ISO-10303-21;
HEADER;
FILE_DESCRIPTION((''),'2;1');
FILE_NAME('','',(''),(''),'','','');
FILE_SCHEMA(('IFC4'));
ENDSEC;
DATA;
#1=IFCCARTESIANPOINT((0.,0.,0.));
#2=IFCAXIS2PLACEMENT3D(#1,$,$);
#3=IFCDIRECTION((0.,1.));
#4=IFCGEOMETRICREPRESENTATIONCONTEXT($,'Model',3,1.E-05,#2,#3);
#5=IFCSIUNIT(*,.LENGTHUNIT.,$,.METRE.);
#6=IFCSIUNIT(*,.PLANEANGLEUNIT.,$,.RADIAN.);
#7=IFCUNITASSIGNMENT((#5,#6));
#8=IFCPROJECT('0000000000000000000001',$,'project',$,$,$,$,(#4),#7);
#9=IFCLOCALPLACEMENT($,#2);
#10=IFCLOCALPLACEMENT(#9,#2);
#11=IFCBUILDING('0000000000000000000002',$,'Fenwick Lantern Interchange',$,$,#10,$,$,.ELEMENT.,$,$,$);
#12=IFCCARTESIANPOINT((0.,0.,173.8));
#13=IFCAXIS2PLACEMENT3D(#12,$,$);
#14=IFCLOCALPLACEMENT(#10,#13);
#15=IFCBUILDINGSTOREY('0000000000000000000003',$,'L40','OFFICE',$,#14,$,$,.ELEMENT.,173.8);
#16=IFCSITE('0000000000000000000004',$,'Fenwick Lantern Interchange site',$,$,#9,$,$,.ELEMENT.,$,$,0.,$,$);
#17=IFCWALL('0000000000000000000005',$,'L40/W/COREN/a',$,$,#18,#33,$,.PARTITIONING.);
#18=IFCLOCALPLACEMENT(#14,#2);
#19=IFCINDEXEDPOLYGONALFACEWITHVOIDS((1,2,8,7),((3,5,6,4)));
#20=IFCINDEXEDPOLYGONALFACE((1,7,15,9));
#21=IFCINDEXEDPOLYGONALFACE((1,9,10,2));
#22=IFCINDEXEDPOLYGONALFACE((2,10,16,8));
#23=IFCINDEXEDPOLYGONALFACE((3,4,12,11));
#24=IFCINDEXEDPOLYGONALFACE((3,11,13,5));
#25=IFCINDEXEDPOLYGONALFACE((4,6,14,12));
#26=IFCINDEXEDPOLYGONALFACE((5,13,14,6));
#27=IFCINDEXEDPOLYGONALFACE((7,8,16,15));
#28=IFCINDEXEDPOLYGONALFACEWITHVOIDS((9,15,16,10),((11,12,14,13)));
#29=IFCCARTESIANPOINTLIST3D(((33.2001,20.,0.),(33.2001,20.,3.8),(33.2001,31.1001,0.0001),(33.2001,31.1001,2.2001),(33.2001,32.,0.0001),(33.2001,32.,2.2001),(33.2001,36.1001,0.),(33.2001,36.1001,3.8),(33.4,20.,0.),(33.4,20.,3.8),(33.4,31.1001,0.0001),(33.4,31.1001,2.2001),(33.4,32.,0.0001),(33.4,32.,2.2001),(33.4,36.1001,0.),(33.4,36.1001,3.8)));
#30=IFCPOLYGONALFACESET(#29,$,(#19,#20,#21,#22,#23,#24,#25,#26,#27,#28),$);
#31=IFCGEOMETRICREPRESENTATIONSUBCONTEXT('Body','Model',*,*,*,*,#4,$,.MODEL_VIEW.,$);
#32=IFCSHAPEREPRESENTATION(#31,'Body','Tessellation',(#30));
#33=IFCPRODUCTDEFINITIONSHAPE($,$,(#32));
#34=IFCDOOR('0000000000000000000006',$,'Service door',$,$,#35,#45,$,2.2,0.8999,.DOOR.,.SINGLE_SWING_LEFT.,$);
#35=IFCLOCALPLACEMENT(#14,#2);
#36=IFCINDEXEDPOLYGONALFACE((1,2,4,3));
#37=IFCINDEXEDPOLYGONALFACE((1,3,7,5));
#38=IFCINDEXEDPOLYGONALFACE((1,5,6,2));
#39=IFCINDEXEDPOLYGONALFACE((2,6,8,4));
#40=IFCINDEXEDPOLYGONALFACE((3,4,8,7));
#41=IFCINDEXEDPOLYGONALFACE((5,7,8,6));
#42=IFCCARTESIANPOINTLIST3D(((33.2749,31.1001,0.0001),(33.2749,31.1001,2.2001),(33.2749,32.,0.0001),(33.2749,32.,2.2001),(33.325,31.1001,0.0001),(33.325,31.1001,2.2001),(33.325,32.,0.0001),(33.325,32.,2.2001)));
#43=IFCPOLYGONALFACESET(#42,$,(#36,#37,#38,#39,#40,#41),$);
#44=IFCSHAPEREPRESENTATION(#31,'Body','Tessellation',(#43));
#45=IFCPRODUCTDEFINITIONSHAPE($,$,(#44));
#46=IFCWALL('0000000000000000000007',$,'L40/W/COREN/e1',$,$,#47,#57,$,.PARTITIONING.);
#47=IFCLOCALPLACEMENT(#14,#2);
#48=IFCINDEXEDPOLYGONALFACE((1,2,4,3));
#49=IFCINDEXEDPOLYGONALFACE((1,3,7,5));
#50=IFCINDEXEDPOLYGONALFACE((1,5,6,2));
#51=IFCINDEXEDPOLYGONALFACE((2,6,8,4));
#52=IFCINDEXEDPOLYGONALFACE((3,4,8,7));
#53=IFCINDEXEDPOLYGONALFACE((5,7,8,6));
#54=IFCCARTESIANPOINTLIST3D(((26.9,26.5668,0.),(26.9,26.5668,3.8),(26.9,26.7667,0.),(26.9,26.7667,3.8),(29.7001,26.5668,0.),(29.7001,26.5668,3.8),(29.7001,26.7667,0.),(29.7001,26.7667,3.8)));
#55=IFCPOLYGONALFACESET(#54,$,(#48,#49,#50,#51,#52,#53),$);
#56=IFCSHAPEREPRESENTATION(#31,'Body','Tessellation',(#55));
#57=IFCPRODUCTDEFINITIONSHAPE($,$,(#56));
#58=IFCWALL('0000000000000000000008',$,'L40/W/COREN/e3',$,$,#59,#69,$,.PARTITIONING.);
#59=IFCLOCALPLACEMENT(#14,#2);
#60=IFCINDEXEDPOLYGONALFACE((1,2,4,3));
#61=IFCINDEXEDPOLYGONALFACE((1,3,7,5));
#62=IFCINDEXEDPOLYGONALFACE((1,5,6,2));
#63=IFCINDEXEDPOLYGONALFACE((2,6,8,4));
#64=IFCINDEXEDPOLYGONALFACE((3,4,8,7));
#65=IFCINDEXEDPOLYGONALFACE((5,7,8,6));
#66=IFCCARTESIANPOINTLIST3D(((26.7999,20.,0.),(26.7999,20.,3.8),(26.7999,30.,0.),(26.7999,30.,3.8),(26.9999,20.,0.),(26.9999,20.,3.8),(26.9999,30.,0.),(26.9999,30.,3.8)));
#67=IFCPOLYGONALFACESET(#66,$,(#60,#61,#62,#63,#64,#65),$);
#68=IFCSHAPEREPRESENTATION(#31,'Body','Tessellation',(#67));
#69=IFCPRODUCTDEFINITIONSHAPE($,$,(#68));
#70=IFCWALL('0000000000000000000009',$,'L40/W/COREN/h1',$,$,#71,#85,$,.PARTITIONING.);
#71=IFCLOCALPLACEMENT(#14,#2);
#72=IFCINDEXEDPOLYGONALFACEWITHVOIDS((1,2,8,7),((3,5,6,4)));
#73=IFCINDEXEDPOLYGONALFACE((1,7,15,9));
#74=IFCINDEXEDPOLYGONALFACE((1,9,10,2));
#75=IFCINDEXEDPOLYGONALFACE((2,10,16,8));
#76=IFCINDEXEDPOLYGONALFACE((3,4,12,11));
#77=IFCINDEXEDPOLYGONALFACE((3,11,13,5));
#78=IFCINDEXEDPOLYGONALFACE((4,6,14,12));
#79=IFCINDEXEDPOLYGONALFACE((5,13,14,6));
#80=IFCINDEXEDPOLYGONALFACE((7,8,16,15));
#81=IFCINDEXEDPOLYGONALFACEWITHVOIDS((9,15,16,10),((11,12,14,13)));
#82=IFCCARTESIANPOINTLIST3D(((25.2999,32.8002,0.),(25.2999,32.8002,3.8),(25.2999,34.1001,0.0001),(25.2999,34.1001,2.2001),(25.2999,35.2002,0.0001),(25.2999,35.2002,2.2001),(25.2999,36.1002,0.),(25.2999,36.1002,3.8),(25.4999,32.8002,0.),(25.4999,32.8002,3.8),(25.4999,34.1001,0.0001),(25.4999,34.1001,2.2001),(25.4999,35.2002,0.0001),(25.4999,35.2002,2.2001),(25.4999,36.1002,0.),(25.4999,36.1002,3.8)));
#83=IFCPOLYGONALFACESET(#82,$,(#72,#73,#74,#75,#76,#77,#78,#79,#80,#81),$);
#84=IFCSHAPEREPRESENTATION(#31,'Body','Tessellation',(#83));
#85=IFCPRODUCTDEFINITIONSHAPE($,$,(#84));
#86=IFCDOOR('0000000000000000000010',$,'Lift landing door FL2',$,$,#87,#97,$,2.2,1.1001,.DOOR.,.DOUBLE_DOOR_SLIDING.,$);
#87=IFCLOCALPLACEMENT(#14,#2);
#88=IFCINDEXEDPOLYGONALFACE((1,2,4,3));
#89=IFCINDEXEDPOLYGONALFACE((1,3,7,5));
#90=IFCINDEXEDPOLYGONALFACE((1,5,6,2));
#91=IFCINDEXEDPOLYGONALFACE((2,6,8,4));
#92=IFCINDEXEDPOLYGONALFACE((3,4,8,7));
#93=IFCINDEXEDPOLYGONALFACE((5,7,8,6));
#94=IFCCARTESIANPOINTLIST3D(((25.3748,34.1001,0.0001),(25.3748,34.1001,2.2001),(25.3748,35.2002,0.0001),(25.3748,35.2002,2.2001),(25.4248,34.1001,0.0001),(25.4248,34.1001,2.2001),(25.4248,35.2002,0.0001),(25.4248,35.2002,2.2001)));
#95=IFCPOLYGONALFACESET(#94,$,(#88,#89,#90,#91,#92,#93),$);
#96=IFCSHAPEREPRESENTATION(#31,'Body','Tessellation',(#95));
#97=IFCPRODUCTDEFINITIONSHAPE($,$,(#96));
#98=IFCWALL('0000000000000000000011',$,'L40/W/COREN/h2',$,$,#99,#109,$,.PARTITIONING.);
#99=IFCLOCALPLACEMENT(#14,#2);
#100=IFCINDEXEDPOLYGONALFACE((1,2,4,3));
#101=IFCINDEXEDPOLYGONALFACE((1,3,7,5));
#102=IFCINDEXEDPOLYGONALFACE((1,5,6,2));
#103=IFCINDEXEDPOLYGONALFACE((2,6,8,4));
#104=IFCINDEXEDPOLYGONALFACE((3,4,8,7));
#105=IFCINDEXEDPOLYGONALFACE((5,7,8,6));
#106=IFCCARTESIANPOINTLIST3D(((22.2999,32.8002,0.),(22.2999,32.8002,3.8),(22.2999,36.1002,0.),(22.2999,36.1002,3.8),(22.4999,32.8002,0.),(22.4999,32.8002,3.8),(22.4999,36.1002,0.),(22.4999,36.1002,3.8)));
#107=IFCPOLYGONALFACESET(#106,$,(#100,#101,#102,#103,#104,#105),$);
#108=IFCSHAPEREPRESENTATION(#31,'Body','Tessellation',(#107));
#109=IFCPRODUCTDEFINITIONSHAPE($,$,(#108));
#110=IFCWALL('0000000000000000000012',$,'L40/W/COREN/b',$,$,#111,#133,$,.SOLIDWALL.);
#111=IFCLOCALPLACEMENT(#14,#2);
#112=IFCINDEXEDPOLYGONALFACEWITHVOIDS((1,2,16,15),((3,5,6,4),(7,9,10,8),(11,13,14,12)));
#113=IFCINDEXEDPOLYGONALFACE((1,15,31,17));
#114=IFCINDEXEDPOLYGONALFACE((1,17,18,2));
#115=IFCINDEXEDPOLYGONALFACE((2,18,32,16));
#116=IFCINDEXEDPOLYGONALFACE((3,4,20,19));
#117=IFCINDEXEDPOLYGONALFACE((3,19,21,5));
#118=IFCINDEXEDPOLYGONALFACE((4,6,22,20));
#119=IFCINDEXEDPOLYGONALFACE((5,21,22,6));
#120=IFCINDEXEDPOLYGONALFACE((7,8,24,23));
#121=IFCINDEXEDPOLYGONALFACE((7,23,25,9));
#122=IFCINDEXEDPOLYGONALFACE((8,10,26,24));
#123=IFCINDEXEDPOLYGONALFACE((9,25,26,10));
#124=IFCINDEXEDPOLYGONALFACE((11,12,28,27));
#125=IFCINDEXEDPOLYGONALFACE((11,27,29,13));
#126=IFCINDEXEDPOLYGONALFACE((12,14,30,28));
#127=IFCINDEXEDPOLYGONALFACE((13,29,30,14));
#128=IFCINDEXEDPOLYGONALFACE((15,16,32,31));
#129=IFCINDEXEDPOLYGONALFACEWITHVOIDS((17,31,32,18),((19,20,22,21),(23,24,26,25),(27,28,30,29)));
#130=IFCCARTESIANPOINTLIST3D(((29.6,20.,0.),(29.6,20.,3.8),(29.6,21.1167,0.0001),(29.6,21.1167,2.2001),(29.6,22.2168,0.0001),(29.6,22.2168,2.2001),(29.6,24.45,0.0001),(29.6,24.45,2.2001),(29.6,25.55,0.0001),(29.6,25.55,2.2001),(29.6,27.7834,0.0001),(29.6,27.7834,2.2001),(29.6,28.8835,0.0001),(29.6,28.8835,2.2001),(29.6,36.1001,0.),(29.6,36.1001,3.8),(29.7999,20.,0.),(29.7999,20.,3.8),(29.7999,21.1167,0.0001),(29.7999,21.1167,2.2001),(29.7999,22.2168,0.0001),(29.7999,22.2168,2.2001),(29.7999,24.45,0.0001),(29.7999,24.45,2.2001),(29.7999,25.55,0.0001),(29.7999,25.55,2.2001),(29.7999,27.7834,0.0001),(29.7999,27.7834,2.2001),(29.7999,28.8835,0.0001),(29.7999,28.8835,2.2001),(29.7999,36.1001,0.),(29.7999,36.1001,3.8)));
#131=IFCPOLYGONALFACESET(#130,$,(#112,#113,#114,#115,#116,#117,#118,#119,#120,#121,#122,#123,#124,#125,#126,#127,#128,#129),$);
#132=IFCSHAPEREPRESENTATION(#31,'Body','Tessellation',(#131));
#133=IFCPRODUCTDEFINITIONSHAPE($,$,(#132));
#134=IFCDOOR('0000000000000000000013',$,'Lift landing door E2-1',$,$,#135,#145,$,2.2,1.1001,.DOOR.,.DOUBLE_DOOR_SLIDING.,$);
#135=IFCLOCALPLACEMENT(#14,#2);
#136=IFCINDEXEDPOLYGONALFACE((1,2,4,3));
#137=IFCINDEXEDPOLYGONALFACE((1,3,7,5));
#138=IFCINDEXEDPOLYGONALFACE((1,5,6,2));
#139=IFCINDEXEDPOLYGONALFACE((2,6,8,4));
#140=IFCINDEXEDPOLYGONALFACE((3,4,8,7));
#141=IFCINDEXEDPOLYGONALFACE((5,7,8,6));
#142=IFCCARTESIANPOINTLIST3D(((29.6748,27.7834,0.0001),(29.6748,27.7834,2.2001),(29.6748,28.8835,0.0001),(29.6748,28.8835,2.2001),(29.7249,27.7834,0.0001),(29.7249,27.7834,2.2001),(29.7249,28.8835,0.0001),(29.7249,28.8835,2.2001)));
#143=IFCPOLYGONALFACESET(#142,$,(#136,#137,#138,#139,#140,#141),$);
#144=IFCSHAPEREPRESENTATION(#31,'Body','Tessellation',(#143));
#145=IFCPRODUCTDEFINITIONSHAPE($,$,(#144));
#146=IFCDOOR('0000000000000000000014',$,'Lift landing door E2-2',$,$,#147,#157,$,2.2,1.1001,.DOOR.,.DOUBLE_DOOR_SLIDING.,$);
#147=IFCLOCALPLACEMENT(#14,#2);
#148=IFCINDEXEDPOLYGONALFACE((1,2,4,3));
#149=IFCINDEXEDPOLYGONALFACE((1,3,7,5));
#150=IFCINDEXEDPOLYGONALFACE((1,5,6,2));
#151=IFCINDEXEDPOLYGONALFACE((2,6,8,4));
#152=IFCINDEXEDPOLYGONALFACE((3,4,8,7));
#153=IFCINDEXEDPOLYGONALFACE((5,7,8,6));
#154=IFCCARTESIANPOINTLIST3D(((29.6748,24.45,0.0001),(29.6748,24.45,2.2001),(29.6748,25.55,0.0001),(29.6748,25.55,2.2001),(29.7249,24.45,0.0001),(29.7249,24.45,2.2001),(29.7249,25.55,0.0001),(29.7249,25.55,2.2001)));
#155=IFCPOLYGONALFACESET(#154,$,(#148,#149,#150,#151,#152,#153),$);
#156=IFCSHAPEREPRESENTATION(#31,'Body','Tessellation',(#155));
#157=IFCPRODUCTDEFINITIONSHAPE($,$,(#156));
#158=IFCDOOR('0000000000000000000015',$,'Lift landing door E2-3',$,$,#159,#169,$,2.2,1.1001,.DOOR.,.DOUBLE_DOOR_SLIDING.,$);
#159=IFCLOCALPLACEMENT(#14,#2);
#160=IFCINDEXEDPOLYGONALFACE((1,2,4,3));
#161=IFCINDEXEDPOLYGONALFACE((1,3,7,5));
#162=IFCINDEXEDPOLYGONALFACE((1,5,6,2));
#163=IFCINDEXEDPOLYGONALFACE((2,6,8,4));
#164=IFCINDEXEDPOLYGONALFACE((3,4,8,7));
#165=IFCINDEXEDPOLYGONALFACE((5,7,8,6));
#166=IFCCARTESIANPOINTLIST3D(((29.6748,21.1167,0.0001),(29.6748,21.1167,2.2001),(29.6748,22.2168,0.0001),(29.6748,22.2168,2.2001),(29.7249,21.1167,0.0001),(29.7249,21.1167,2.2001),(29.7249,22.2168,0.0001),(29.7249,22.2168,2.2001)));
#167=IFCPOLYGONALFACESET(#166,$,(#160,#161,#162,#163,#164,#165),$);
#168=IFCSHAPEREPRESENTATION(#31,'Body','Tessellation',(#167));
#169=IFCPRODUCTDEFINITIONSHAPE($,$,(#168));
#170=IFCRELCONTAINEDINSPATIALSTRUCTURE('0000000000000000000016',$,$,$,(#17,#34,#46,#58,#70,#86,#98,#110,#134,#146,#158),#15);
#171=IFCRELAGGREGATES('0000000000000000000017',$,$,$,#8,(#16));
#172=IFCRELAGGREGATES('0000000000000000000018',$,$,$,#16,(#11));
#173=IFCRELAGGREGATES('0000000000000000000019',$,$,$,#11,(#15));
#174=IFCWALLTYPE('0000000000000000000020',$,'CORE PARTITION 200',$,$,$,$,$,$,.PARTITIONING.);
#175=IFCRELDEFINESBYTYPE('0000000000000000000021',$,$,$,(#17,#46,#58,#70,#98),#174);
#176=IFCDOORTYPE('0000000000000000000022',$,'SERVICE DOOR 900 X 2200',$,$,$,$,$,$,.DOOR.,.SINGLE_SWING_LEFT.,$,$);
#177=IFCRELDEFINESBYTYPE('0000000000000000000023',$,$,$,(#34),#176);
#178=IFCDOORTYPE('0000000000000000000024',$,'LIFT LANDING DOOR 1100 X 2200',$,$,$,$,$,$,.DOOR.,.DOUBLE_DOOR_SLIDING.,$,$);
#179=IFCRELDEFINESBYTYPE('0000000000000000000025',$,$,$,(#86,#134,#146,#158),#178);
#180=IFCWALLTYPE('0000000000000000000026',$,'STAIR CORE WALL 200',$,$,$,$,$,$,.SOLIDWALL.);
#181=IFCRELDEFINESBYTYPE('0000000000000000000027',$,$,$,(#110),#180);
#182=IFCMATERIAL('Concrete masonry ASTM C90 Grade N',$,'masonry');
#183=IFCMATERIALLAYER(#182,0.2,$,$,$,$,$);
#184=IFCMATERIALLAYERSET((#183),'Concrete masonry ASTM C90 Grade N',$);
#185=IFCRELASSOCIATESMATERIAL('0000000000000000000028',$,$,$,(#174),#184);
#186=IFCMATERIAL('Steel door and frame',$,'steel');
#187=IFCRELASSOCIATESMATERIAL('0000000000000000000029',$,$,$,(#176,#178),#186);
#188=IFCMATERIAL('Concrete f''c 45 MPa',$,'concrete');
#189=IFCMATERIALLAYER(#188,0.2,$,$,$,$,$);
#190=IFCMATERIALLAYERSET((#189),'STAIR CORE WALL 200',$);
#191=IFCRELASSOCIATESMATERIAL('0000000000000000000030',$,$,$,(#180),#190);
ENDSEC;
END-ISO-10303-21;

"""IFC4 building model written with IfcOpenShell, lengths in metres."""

from ifc_helpers import new_model, si_unit, direction, frame, frame_2d, origin, place, context, subcontext, project, spatial, rectangle, extrude, material, layer, layer_set, type_object, element, fill, save


model = new_model("IFC4")

# Units and contexts
model_context = context("Model", 3, precision=1e-05, world=origin(), true_north=direction((0.0, 1.0)))
body_context = subcontext(model_context, "Body", "Model", "MODEL_VIEW")
ifc_project = project(units=[si_unit("LENGTHUNIT", "METRE"), si_unit("PLANEANGLEUNIT", "RADIAN")], contexts=[model_context])

# Site, building, storey
site_placement = place(None, origin())
site = spatial("IfcSite", under=ifc_project, at=site_placement, Name="Fenwick Lantern Interchange site", CompositionType="ELEMENT", RefElevation=0.0)
building_placement = place(site_placement, origin())
building = spatial("IfcBuilding", under=site, at=building_placement, Name="Fenwick Lantern Interchange", CompositionType="ELEMENT")
storey_placement = place(building_placement, frame((0.0, 0.0, 173.8)))
storey = spatial("IfcBuildingStorey", under=building, at=storey_placement, Name="L40", Description="OFFICE", CompositionType="ELEMENT", Elevation=173.8)

# Wall, opening, door
ifc_material_1 = material(Name="Concrete masonry ASTM C90 Grade N", Category="masonry")
ifc_layer_1 = layer(ifc_material_1, 0.2)
ifc_layer_set_1 = layer_set([ifc_layer_1], Name="Concrete masonry ASTM C90 Grade N")
wall_type_1 = type_object("IfcWallType", Name="CORE PARTITION 200", PredefinedType="PARTITIONING", material=ifc_layer_set_1)
wall_1_placement = place(storey_placement, frame((33.3, 36.1001, 0.0), z_axis=(0.0, 0.0, 1.0), x_axis=(0.0, -1.0, 0.0)))
wall_1 = element("IfcWall", 1, at=wall_1_placement, inside=storey, type_object=wall_type_1, Name="L40/W/COREN/a", PredefinedType="PARTITIONING", context=body_context, shape_type="SweptSolid", body=[
    extrude(rectangle(XDim=16.1001, YDim=0.2, at=frame_2d((8.05, 0.0))), origin(), (0.0, 0.0, 1.0), 3.8),
])
opening_1_placement = place(wall_1_placement, frame((4.1001, 0.0, 0.0)))
opening_1 = element("IfcOpeningElement", 2, at=opening_1_placement, cuts=wall_1, PredefinedType="OPENING", context=body_context, shape_type="SweptSolid", body=[
    extrude(rectangle(XDim=0.8999, YDim=2.2, at=frame_2d((0.45, 1.1001))), frame((0.0, 0.1099, 0.0), z_axis=(0.0, -1.0, 0.0), x_axis=(1.0, 0.0, 0.0)), (0.0, 0.0, 1.0), 0.22),
])
ifc_material_2 = material(Name="Steel door and frame", Category="steel")
door_type_1 = type_object("IfcDoorType", Name="SERVICE DOOR 900 X 2200", OperationType="SINGLE_SWING_LEFT", PredefinedType="DOOR", material=ifc_material_2)
door_1_placement = place(opening_1_placement, origin())
door_1 = element("IfcDoor", 3, at=door_1_placement, inside=storey, type_object=door_type_1, Name="Service door", OperationType="SINGLE_SWING_LEFT", OverallHeight=2.2, OverallWidth=0.8999, PredefinedType="DOOR", context=body_context, shape_type="SweptSolid", body=[
    extrude(rectangle(XDim=0.8999, YDim=2.2, at=frame_2d((0.45, 1.1001))), frame((0.0, 0.0249, 0.0), z_axis=(0.0, -1.0, 0.0), x_axis=(1.0, 0.0, 0.0)), (0.0, 0.0, 1.0), 0.05),
])
fill(opening_1, door_1)

# Walls
wall_2_placement = place(storey_placement, frame((29.7, 26.6667, 0.0), z_axis=(0.0, 0.0, 1.0), x_axis=(-1.0, 0.0, 0.0)))
element("IfcWall", 4, at=wall_2_placement, inside=storey, type_object=wall_type_1, Name="L40/W/COREN/e1", PredefinedType="PARTITIONING", context=body_context, shape_type="SweptSolid", body=[
    extrude(rectangle(XDim=2.8, YDim=0.2, at=frame_2d((1.3999, 0.0))), origin(), (0.0, 0.0, 1.0), 3.8),
])
wall_3_placement = place(storey_placement, frame((26.8999, 30.0, 0.0), z_axis=(0.0, 0.0, 1.0), x_axis=(0.0, -1.0, 0.0)))
element("IfcWall", 5, at=wall_3_placement, inside=storey, type_object=wall_type_1, Name="L40/W/COREN/e3", PredefinedType="PARTITIONING", context=body_context, shape_type="SweptSolid", body=[
    extrude(rectangle(XDim=10.0, YDim=0.2, at=frame_2d((5.0, 0.0))), origin(), (0.0, 0.0, 1.0), 3.8),
])

# Wall, opening, door
wall_4_placement = place(storey_placement, frame((25.3999, 36.1001, 0.0), z_axis=(0.0, 0.0, 1.0), x_axis=(0.0, -1.0, 0.0)))
wall_4 = element("IfcWall", 6, at=wall_4_placement, inside=storey, type_object=wall_type_1, Name="L40/W/COREN/h1", PredefinedType="PARTITIONING", context=body_context, shape_type="SweptSolid", body=[
    extrude(rectangle(XDim=3.3, YDim=0.2, at=frame_2d((1.6499, 0.0))), origin(), (0.0, 0.0, 1.0), 3.8),
])
opening_2_placement = place(wall_4_placement, frame((0.8999, 0.0, 0.0)))
opening_2 = element("IfcOpeningElement", 7, at=opening_2_placement, cuts=wall_4, PredefinedType="OPENING", context=body_context, shape_type="SweptSolid", body=[
    extrude(rectangle(XDim=1.1001, YDim=2.2, at=frame_2d((0.55, 1.1001))), frame((0.0, 0.1099, 0.0), z_axis=(0.0, -1.0, 0.0), x_axis=(1.0, 0.0, 0.0)), (0.0, 0.0, 1.0), 0.22),
])
door_type_2 = type_object("IfcDoorType", Name="LIFT LANDING DOOR 1100 X 2200", OperationType="DOUBLE_DOOR_SLIDING", PredefinedType="DOOR", material=ifc_material_2)
door_2_placement = place(opening_2_placement, origin())
door_2 = element("IfcDoor", 8, at=door_2_placement, inside=storey, type_object=door_type_2, Name="Lift landing door FL2", OperationType="DOUBLE_DOOR_SLIDING", OverallHeight=2.2, OverallWidth=1.1001, PredefinedType="DOOR", context=body_context, shape_type="SweptSolid", body=[
    extrude(rectangle(XDim=1.1001, YDim=2.2, at=frame_2d((0.55, 1.1001))), frame((0.0, 0.0249, 0.0), z_axis=(0.0, -1.0, 0.0), x_axis=(1.0, 0.0, 0.0)), (0.0, 0.0, 1.0), 0.05),
])
fill(opening_2, door_2)

# Wall
wall_5_placement = place(storey_placement, frame((22.3999, 36.1001, 0.0), z_axis=(0.0, 0.0, 1.0), x_axis=(0.0, -1.0, 0.0)))
element("IfcWall", 9, at=wall_5_placement, inside=storey, type_object=wall_type_1, Name="L40/W/COREN/h2", PredefinedType="PARTITIONING", context=body_context, shape_type="SweptSolid", body=[
    extrude(rectangle(XDim=3.3, YDim=0.2, at=frame_2d((1.6499, 0.0))), origin(), (0.0, 0.0, 1.0), 3.8),
])

# Wall, openings, doors
ifc_material_3 = material(Name="Concrete f'c 45 MPa", Category="concrete")
ifc_layer_2 = layer(ifc_material_3, 0.2)
ifc_layer_set_2 = layer_set([ifc_layer_2], Name="STAIR CORE WALL 200")
wall_type_2 = type_object("IfcWallType", Name="STAIR CORE WALL 200", PredefinedType="SOLIDWALL", material=ifc_layer_set_2)
wall_6_placement = place(storey_placement, frame((29.7, 36.1001, 0.0), z_axis=(0.0, 0.0, 1.0), x_axis=(0.0, -1.0, 0.0)))
wall_6 = element("IfcWall", 10, at=wall_6_placement, inside=storey, type_object=wall_type_2, Name="L40/W/COREN/b", PredefinedType="SOLIDWALL", context=body_context, shape_type="SweptSolid", body=[
    extrude(rectangle(XDim=16.1001, YDim=0.2, at=frame_2d((8.05, 0.0))), origin(), (0.0, 0.0, 1.0), 3.8),
])
opening_3_placement = place(wall_6_placement, frame((7.2166, 0.0, 0.0)))
opening_3 = element("IfcOpeningElement", 11, at=opening_3_placement, cuts=wall_6, PredefinedType="OPENING", context=body_context, shape_type="SweptSolid", body=[
    extrude(rectangle(XDim=1.1001, YDim=2.2, at=frame_2d((0.55, 1.1001))), frame((0.0, 0.1099, 0.0), z_axis=(0.0, -1.0, 0.0), x_axis=(1.0, 0.0, 0.0)), (0.0, 0.0, 1.0), 0.22),
])
opening_4_placement = place(wall_6_placement, frame((10.55, 0.0, 0.0)))
opening_4 = element("IfcOpeningElement", 12, at=opening_4_placement, cuts=wall_6, PredefinedType="OPENING", context=body_context, shape_type="SweptSolid", body=[
    extrude(rectangle(XDim=1.1001, YDim=2.2, at=frame_2d((0.55, 1.1001))), frame((0.0, 0.1099, 0.0), z_axis=(0.0, -1.0, 0.0), x_axis=(1.0, 0.0, 0.0)), (0.0, 0.0, 1.0), 0.22),
])
opening_5_placement = place(wall_6_placement, frame((13.8833, 0.0, 0.0)))
opening_5 = element("IfcOpeningElement", 13, at=opening_5_placement, cuts=wall_6, PredefinedType="OPENING", context=body_context, shape_type="SweptSolid", body=[
    extrude(rectangle(XDim=1.1001, YDim=2.2, at=frame_2d((0.55, 1.1001))), frame((0.0, 0.1099, 0.0), z_axis=(0.0, -1.0, 0.0), x_axis=(1.0, 0.0, 0.0)), (0.0, 0.0, 1.0), 0.22),
])
door_3_placement = place(opening_3_placement, origin())
door_3 = element("IfcDoor", 14, at=door_3_placement, inside=storey, type_object=door_type_2, Name="Lift landing door E2-1", OperationType="DOUBLE_DOOR_SLIDING", OverallHeight=2.2, OverallWidth=1.1001, PredefinedType="DOOR", context=body_context, shape_type="SweptSolid", body=[
    extrude(rectangle(XDim=1.1001, YDim=2.2, at=frame_2d((0.55, 1.1001))), frame((0.0, 0.0249, 0.0), z_axis=(0.0, -1.0, 0.0), x_axis=(1.0, 0.0, 0.0)), (0.0, 0.0, 1.0), 0.05),
])
fill(opening_3, door_3)
door_4_placement = place(opening_4_placement, origin())
door_4 = element("IfcDoor", 15, at=door_4_placement, inside=storey, type_object=door_type_2, Name="Lift landing door E2-2", OperationType="DOUBLE_DOOR_SLIDING", OverallHeight=2.2, OverallWidth=1.1001, PredefinedType="DOOR", context=body_context, shape_type="SweptSolid", body=[
    extrude(rectangle(XDim=1.1001, YDim=2.2, at=frame_2d((0.55, 1.1001))), frame((0.0, 0.0249, 0.0), z_axis=(0.0, -1.0, 0.0), x_axis=(1.0, 0.0, 0.0)), (0.0, 0.0, 1.0), 0.05),
])
fill(opening_4, door_4)
door_5_placement = place(opening_5_placement, origin())
door_5 = element("IfcDoor", 16, at=door_5_placement, inside=storey, type_object=door_type_2, Name="Lift landing door E2-3", OperationType="DOUBLE_DOOR_SLIDING", OverallHeight=2.2, OverallWidth=1.1001, PredefinedType="DOOR", context=body_context, shape_type="SweptSolid", body=[
    extrude(rectangle(XDim=1.1001, YDim=2.2, at=frame_2d((0.55, 1.1001))), frame((0.0, 0.0249, 0.0), z_axis=(0.0, -1.0, 0.0), x_axis=(1.0, 0.0, 0.0)), (0.0, 0.0, 1.0), 0.05),
])
fill(opening_5, door_5)

save(model, "model.ifc")
